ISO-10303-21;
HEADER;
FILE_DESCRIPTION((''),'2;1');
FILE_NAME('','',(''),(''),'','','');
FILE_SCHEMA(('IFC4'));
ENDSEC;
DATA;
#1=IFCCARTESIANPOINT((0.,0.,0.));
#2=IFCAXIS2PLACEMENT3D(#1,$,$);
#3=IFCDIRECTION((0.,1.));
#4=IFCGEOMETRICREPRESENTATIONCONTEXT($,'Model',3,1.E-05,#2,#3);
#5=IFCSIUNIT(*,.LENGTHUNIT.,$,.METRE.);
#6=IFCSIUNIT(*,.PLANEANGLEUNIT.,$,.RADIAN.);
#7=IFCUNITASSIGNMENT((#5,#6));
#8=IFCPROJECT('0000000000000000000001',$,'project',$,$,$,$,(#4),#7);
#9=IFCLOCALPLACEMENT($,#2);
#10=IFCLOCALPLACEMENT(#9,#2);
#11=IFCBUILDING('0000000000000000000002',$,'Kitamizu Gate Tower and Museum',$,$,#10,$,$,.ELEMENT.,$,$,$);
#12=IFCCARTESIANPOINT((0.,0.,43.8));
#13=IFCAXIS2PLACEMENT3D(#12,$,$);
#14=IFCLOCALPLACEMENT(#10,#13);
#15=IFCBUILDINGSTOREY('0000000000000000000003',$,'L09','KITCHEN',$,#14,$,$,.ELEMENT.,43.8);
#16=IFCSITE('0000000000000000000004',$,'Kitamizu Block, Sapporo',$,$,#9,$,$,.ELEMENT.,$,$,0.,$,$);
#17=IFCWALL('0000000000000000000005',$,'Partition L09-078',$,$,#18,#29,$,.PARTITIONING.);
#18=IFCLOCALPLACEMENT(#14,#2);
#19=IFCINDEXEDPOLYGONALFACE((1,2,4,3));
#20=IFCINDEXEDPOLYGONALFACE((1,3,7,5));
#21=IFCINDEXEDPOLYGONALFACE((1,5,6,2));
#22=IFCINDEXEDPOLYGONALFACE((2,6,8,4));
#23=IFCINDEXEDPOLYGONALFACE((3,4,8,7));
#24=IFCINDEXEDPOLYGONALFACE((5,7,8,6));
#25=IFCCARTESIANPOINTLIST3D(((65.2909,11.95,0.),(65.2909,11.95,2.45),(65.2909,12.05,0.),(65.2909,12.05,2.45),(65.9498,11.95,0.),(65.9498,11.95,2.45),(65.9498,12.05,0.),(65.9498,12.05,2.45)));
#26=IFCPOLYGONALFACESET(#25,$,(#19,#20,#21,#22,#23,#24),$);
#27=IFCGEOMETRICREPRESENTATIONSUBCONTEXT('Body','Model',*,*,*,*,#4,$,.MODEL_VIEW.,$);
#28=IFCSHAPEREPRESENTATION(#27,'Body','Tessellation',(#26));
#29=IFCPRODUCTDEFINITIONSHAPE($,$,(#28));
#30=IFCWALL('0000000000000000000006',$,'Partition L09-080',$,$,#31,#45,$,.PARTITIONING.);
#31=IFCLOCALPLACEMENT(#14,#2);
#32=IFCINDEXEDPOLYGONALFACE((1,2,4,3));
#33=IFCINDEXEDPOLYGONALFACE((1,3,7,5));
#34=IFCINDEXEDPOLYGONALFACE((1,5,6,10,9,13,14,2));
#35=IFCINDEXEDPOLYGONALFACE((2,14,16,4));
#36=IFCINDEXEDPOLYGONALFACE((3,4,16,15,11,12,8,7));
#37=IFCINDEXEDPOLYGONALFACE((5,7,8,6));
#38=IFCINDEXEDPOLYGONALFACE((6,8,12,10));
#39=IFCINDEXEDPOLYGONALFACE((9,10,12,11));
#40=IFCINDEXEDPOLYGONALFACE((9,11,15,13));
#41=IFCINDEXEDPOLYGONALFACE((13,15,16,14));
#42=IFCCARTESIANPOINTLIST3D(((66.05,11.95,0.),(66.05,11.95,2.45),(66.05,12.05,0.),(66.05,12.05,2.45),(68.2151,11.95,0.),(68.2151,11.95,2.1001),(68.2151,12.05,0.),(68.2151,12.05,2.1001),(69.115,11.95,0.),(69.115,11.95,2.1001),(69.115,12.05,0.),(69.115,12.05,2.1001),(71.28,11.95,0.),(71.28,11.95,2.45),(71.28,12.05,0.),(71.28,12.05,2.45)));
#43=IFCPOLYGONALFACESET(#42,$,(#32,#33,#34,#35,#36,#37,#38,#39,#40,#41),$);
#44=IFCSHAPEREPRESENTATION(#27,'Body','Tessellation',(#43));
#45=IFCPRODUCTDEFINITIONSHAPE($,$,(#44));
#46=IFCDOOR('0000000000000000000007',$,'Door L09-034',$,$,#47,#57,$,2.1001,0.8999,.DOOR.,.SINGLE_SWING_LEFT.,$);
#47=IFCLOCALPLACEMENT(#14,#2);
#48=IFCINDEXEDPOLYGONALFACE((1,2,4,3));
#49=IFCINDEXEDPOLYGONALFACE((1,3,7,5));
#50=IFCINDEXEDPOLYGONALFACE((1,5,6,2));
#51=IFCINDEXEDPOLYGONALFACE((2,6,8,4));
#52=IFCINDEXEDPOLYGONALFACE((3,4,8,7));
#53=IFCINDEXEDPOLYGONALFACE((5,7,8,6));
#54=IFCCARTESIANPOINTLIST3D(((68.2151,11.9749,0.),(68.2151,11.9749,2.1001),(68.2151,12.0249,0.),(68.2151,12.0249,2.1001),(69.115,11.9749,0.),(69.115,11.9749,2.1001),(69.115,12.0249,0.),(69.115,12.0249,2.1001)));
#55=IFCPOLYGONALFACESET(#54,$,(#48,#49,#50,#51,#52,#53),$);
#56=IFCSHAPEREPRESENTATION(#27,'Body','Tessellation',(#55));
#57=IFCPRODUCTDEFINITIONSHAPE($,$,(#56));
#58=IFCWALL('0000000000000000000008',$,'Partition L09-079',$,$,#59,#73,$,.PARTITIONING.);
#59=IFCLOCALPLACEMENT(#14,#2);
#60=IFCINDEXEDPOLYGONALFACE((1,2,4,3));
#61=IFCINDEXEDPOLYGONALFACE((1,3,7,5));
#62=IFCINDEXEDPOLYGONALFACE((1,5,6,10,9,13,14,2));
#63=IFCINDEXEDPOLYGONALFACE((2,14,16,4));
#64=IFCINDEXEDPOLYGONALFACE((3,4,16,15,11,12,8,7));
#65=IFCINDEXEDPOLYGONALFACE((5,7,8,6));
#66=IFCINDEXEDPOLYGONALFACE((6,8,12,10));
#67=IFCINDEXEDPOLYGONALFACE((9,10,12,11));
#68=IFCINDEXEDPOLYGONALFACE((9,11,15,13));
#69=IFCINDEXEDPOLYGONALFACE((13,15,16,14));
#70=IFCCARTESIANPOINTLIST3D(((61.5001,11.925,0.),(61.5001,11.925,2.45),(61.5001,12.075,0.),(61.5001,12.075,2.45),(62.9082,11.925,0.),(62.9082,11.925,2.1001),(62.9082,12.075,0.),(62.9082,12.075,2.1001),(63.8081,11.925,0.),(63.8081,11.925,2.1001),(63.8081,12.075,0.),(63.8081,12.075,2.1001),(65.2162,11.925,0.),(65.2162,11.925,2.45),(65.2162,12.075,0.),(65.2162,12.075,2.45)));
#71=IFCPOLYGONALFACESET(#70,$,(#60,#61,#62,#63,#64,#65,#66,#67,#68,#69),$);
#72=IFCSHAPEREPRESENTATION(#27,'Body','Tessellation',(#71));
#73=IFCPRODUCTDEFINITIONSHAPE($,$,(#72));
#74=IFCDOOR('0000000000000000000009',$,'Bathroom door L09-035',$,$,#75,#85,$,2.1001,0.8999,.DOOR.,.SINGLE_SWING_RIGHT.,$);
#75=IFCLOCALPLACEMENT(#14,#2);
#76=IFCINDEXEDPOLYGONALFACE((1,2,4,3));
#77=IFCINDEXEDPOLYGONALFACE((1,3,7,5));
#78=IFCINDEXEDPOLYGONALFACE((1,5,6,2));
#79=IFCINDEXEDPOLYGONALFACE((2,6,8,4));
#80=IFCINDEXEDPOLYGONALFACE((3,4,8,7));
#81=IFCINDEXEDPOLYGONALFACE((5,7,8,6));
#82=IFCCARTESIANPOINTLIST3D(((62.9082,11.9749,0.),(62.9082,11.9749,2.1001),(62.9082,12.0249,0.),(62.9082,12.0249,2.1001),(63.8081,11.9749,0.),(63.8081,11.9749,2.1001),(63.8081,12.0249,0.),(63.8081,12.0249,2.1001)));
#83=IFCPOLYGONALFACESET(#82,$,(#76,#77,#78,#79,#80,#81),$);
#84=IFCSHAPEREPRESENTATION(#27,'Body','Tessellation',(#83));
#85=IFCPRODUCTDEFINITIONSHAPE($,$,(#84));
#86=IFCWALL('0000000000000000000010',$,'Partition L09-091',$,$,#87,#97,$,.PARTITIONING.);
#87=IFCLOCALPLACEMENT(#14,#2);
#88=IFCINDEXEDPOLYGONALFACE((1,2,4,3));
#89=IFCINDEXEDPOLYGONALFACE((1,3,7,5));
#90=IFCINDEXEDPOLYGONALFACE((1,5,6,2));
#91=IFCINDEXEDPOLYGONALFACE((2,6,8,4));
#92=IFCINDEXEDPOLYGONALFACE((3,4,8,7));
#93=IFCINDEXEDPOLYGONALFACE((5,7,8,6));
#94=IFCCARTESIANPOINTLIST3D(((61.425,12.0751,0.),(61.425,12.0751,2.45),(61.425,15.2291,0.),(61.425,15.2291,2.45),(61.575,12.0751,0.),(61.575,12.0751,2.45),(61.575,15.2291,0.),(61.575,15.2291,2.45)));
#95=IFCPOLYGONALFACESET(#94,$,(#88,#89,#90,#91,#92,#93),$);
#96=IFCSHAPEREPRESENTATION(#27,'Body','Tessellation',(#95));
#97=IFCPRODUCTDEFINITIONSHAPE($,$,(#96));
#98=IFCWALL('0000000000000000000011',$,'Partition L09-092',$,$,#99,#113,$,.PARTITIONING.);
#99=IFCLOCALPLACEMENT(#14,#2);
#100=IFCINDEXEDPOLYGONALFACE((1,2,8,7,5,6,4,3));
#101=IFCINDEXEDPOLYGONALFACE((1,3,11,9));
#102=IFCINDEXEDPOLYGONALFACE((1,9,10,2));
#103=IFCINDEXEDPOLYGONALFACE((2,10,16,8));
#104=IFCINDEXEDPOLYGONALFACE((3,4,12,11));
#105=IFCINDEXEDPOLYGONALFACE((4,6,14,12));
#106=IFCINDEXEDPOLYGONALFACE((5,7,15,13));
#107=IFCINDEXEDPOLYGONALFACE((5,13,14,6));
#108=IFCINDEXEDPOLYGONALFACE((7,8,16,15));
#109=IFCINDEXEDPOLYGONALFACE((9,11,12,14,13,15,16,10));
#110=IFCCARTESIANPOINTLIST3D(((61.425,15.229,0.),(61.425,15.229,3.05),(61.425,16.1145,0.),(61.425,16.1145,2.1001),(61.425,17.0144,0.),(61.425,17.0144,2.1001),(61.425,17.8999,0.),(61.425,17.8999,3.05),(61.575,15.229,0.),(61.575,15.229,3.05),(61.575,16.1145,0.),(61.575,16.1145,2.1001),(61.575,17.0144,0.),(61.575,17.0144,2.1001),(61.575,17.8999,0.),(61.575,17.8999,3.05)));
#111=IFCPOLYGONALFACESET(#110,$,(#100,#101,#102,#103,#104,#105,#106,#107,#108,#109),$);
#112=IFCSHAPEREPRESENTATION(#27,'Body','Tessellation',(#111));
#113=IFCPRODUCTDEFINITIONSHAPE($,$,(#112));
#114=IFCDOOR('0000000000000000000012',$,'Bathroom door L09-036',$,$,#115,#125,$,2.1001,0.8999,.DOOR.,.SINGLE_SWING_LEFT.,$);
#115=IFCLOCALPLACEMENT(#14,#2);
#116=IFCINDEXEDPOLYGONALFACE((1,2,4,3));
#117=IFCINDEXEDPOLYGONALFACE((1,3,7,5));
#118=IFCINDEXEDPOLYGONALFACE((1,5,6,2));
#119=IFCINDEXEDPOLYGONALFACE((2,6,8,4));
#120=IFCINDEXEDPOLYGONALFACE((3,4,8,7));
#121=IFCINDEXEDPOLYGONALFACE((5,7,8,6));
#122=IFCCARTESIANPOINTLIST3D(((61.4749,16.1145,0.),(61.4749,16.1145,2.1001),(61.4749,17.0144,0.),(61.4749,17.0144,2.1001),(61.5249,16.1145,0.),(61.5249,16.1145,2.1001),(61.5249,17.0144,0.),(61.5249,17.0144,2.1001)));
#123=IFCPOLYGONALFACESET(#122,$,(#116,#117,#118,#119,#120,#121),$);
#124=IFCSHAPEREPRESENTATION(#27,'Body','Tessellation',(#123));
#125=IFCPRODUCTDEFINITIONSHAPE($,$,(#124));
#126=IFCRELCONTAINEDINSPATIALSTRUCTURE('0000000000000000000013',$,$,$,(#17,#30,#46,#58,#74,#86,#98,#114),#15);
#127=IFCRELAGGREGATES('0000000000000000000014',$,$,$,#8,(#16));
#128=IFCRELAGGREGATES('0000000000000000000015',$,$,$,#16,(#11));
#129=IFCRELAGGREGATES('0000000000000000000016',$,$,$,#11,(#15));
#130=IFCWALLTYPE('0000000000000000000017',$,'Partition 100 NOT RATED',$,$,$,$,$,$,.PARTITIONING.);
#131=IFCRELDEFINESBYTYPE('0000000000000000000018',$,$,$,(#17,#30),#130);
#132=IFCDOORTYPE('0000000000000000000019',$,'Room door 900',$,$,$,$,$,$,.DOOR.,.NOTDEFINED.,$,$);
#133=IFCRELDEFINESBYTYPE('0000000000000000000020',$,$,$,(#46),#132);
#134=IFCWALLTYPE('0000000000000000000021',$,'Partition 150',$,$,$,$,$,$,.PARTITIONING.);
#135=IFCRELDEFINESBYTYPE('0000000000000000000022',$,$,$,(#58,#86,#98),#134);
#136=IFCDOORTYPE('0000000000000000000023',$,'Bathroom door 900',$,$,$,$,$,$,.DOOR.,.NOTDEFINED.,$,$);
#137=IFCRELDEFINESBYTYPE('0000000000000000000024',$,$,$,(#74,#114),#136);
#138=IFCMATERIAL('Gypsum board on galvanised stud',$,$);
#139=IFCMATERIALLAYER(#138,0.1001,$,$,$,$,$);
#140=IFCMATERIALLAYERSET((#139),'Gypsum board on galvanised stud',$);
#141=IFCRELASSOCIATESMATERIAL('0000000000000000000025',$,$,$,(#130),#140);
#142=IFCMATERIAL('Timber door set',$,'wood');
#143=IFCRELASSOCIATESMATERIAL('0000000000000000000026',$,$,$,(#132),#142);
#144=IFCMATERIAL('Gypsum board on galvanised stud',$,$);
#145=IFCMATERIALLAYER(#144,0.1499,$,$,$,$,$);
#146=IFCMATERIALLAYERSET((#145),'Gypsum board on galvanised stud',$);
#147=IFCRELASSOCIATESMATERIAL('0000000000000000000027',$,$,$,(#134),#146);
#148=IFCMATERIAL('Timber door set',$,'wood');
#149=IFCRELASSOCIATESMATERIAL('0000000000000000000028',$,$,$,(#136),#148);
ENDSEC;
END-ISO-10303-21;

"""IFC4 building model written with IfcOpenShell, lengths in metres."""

from ifc_helpers import new_model, si_unit, direction, frame, frame_2d, origin, place, context, subcontext, project, spatial, rectangle, extrude, material, layer, layer_set, type_object, element, fill, save


model = new_model("IFC4")

# Units and contexts
model_context = context("Model", 3, precision=1e-05, world=origin(), true_north=direction((0.0, 1.0)))
body_context = subcontext(model_context, "Body", "Model", "MODEL_VIEW")
ifc_project = project(units=[si_unit("LENGTHUNIT", "METRE"), si_unit("PLANEANGLEUNIT", "RADIAN")], contexts=[model_context])

# Site, building, storey
site_placement = place(None, origin())
site = spatial("IfcSite", under=ifc_project, at=site_placement, Name="Kitamizu Block, Sapporo", CompositionType="ELEMENT", RefElevation=0.0)
building_placement = place(site_placement, origin())
building = spatial("IfcBuilding", under=site, at=building_placement, Name="Kitamizu Gate Tower and Museum", CompositionType="ELEMENT")
storey_placement = place(building_placement, frame((0.0, 0.0, 43.8)))
storey = spatial("IfcBuildingStorey", under=building, at=storey_placement, Name="L09", Description="KITCHEN", CompositionType="ELEMENT", Elevation=43.8)

# Wall
ifc_material_1 = material(Name="Gypsum board on galvanised stud")
ifc_layer_1 = layer(ifc_material_1, 0.1001)
ifc_layer_set_1 = layer_set([ifc_layer_1], Name="Gypsum board on galvanised stud")
wall_type_1 = type_object("IfcWallType", Name="Partition 100 NOT RATED", PredefinedType="PARTITIONING", material=ifc_layer_set_1)
wall_1_placement = place(storey_placement, frame((65.95, 12.0, 0.0), z_axis=(0.0, 0.0, 1.0), x_axis=(-1.0, 0.0, 0.0)))
element("IfcWall", 1, at=wall_1_placement, inside=storey, type_object=wall_type_1, Name="Partition L09-078", PredefinedType="PARTITIONING", context=body_context, shape_type="SweptSolid", body=[
    extrude(rectangle(XDim=0.6589, YDim=0.1001, at=frame_2d((0.3296, 0.0))), origin(), (0.0, 0.0, 1.0), 2.45),
])

# Walls, openings, doors
wall_2_placement = place(storey_placement, frame((71.28, 12.0, 0.0), z_axis=(0.0, 0.0, 1.0), x_axis=(-1.0, 0.0, 0.0)))
wall_2 = element("IfcWall", 2, at=wall_2_placement, inside=storey, type_object=wall_type_1, Name="Partition L09-080", PredefinedType="PARTITIONING", context=body_context, shape_type="SweptSolid", body=[
    extrude(rectangle(XDim=5.23, YDim=0.1001, at=frame_2d((2.615, 0.0))), origin(), (0.0, 0.0, 1.0), 2.45),
])
opening_1_placement = place(wall_2_placement, frame((2.165, 0.0, 0.0)))
opening_1 = element("IfcOpeningElement", 3, at=opening_1_placement, cuts=wall_2, PredefinedType="OPENING", context=body_context, shape_type="SweptSolid", body=[
    extrude(rectangle(XDim=0.8999, YDim=2.1001, at=frame_2d((0.45, 1.05))), frame((0.0, 0.0601, 0.0), z_axis=(0.0, -1.0, 0.0), x_axis=(1.0, 0.0, 0.0)), (0.0, 0.0, 1.0), 0.1201),
])
ifc_material_2 = material(Name="Timber door set", Category="wood")
door_type_1 = type_object("IfcDoorType", Name="Room door 900", OperationType="NOTDEFINED", PredefinedType="DOOR", material=ifc_material_2)
door_1_placement = place(opening_1_placement, frame((0.8999, 0.0, 0.0), x_axis=(-1.0, 0.0, 0.0)))
door_1 = element("IfcDoor", 4, at=door_1_placement, inside=storey, type_object=door_type_1, Name="Door L09-034", OperationType="SINGLE_SWING_LEFT", OverallHeight=2.1001, OverallWidth=0.8999, PredefinedType="DOOR", context=body_context, shape_type="SweptSolid", body=[
    extrude(rectangle(XDim=0.8999, YDim=2.1001, at=frame_2d((0.45, 1.05))), frame((0.0, 0.0249, 0.0), z_axis=(0.0, -1.0, 0.0), x_axis=(1.0, 0.0, 0.0)), (0.0, 0.0, 1.0), 0.05),
])
fill(opening_1, door_1)
ifc_material_3 = material(Name="Gypsum board on galvanised stud")
ifc_layer_2 = layer(ifc_material_3, 0.1499)
ifc_layer_set_2 = layer_set([ifc_layer_2], Name="Gypsum board on galvanised stud")
wall_type_2 = type_object("IfcWallType", Name="Partition 150", PredefinedType="PARTITIONING", material=ifc_layer_set_2)
wall_3_placement = place(storey_placement, frame((65.2161, 12.0, 0.0), z_axis=(0.0, 0.0, 1.0), x_axis=(-1.0, 0.0, 0.0)))
wall_3 = element("IfcWall", 5, at=wall_3_placement, inside=storey, type_object=wall_type_2, Name="Partition L09-079", PredefinedType="PARTITIONING", context=body_context, shape_type="SweptSolid", body=[
    extrude(rectangle(XDim=3.7161, YDim=0.1499, at=frame_2d((1.8579, 0.0))), origin(), (0.0, 0.0, 1.0), 2.45),
])
opening_2_placement = place(wall_3_placement, frame((1.408, 0.0, 0.0)))
opening_2 = element("IfcOpeningElement", 6, at=opening_2_placement, cuts=wall_3, PredefinedType="OPENING", context=body_context, shape_type="SweptSolid", body=[
    extrude(rectangle(XDim=0.8999, YDim=2.1001, at=frame_2d((0.45, 1.05))), frame((0.0, 0.085, 0.0), z_axis=(0.0, -1.0, 0.0), x_axis=(1.0, 0.0, 0.0)), (0.0, 0.0, 1.0), 0.1699),
])
ifc_material_4 = material(Name="Timber door set", Category="wood")
door_type_2 = type_object("IfcDoorType", Name="Bathroom door 900", OperationType="NOTDEFINED", PredefinedType="DOOR", material=ifc_material_4)
door_2_placement = place(opening_2_placement, frame((0.8999, 0.0, 0.0), x_axis=(-1.0, 0.0, 0.0)))
door_2 = element("IfcDoor", 7, at=door_2_placement, inside=storey, type_object=door_type_2, Name="Bathroom door L09-035", OperationType="SINGLE_SWING_RIGHT", OverallHeight=2.1001, OverallWidth=0.8999, PredefinedType="DOOR", context=body_context, shape_type="SweptSolid", body=[
    extrude(rectangle(XDim=0.8999, YDim=2.1001, at=frame_2d((0.45, 1.05))), frame((0.0, 0.0249, 0.0), z_axis=(0.0, -1.0, 0.0), x_axis=(1.0, 0.0, 0.0)), (0.0, 0.0, 1.0), 0.05),
])
fill(opening_2, door_2)

# Wall
wall_4_placement = place(storey_placement, frame((61.5, 12.075, 0.0), z_axis=(0.0, 0.0, 1.0), x_axis=(0.0, 1.0, 0.0)))
element("IfcWall", 8, at=wall_4_placement, inside=storey, type_object=wall_type_2, Name="Partition L09-091", PredefinedType="PARTITIONING", context=body_context, shape_type="SweptSolid", body=[
    extrude(rectangle(XDim=3.1541, YDim=0.1499, at=frame_2d((1.5771, 0.0))), origin(), (0.0, 0.0, 1.0), 2.45),
])

# Wall, opening, door
wall_5_placement = place(storey_placement, frame((61.5, 15.229, 0.0), z_axis=(0.0, 0.0, 1.0), x_axis=(0.0, 1.0, 0.0)))
wall_5 = element("IfcWall", 9, at=wall_5_placement, inside=storey, type_object=wall_type_2, Name="Partition L09-092", PredefinedType="PARTITIONING", context=body_context, shape_type="SweptSolid", body=[
    extrude(rectangle(XDim=2.6709, YDim=0.1499, at=frame_2d((1.3354, 0.0))), origin(), (0.0, 0.0, 1.0), 3.05),
])
opening_3_placement = place(wall_5_placement, frame((0.8855, 0.0, 0.0)))
opening_3 = element("IfcOpeningElement", 10, at=opening_3_placement, cuts=wall_5, PredefinedType="OPENING", context=body_context, shape_type="SweptSolid", body=[
    extrude(rectangle(XDim=0.8999, YDim=2.1001, at=frame_2d((0.45, 1.05))), frame((0.0, 0.085, 0.0), z_axis=(0.0, -1.0, 0.0), x_axis=(1.0, 0.0, 0.0)), (0.0, 0.0, 1.0), 0.1699),
])
door_3_placement = place(opening_3_placement, frame((0.8999, 0.0, 0.0), x_axis=(-1.0, 0.0, 0.0)))
door_3 = element("IfcDoor", 11, at=door_3_placement, inside=storey, type_object=door_type_2, Name="Bathroom door L09-036", OperationType="SINGLE_SWING_LEFT", OverallHeight=2.1001, OverallWidth=0.8999, PredefinedType="DOOR", context=body_context, shape_type="SweptSolid", body=[
    extrude(rectangle(XDim=0.8999, YDim=2.1001, at=frame_2d((0.45, 1.05))), frame((0.0, 0.0249, 0.0), z_axis=(0.0, -1.0, 0.0), x_axis=(1.0, 0.0, 0.0)), (0.0, 0.0, 1.0), 0.05),
])
fill(opening_3, door_3)

save(model, "model.ifc")
